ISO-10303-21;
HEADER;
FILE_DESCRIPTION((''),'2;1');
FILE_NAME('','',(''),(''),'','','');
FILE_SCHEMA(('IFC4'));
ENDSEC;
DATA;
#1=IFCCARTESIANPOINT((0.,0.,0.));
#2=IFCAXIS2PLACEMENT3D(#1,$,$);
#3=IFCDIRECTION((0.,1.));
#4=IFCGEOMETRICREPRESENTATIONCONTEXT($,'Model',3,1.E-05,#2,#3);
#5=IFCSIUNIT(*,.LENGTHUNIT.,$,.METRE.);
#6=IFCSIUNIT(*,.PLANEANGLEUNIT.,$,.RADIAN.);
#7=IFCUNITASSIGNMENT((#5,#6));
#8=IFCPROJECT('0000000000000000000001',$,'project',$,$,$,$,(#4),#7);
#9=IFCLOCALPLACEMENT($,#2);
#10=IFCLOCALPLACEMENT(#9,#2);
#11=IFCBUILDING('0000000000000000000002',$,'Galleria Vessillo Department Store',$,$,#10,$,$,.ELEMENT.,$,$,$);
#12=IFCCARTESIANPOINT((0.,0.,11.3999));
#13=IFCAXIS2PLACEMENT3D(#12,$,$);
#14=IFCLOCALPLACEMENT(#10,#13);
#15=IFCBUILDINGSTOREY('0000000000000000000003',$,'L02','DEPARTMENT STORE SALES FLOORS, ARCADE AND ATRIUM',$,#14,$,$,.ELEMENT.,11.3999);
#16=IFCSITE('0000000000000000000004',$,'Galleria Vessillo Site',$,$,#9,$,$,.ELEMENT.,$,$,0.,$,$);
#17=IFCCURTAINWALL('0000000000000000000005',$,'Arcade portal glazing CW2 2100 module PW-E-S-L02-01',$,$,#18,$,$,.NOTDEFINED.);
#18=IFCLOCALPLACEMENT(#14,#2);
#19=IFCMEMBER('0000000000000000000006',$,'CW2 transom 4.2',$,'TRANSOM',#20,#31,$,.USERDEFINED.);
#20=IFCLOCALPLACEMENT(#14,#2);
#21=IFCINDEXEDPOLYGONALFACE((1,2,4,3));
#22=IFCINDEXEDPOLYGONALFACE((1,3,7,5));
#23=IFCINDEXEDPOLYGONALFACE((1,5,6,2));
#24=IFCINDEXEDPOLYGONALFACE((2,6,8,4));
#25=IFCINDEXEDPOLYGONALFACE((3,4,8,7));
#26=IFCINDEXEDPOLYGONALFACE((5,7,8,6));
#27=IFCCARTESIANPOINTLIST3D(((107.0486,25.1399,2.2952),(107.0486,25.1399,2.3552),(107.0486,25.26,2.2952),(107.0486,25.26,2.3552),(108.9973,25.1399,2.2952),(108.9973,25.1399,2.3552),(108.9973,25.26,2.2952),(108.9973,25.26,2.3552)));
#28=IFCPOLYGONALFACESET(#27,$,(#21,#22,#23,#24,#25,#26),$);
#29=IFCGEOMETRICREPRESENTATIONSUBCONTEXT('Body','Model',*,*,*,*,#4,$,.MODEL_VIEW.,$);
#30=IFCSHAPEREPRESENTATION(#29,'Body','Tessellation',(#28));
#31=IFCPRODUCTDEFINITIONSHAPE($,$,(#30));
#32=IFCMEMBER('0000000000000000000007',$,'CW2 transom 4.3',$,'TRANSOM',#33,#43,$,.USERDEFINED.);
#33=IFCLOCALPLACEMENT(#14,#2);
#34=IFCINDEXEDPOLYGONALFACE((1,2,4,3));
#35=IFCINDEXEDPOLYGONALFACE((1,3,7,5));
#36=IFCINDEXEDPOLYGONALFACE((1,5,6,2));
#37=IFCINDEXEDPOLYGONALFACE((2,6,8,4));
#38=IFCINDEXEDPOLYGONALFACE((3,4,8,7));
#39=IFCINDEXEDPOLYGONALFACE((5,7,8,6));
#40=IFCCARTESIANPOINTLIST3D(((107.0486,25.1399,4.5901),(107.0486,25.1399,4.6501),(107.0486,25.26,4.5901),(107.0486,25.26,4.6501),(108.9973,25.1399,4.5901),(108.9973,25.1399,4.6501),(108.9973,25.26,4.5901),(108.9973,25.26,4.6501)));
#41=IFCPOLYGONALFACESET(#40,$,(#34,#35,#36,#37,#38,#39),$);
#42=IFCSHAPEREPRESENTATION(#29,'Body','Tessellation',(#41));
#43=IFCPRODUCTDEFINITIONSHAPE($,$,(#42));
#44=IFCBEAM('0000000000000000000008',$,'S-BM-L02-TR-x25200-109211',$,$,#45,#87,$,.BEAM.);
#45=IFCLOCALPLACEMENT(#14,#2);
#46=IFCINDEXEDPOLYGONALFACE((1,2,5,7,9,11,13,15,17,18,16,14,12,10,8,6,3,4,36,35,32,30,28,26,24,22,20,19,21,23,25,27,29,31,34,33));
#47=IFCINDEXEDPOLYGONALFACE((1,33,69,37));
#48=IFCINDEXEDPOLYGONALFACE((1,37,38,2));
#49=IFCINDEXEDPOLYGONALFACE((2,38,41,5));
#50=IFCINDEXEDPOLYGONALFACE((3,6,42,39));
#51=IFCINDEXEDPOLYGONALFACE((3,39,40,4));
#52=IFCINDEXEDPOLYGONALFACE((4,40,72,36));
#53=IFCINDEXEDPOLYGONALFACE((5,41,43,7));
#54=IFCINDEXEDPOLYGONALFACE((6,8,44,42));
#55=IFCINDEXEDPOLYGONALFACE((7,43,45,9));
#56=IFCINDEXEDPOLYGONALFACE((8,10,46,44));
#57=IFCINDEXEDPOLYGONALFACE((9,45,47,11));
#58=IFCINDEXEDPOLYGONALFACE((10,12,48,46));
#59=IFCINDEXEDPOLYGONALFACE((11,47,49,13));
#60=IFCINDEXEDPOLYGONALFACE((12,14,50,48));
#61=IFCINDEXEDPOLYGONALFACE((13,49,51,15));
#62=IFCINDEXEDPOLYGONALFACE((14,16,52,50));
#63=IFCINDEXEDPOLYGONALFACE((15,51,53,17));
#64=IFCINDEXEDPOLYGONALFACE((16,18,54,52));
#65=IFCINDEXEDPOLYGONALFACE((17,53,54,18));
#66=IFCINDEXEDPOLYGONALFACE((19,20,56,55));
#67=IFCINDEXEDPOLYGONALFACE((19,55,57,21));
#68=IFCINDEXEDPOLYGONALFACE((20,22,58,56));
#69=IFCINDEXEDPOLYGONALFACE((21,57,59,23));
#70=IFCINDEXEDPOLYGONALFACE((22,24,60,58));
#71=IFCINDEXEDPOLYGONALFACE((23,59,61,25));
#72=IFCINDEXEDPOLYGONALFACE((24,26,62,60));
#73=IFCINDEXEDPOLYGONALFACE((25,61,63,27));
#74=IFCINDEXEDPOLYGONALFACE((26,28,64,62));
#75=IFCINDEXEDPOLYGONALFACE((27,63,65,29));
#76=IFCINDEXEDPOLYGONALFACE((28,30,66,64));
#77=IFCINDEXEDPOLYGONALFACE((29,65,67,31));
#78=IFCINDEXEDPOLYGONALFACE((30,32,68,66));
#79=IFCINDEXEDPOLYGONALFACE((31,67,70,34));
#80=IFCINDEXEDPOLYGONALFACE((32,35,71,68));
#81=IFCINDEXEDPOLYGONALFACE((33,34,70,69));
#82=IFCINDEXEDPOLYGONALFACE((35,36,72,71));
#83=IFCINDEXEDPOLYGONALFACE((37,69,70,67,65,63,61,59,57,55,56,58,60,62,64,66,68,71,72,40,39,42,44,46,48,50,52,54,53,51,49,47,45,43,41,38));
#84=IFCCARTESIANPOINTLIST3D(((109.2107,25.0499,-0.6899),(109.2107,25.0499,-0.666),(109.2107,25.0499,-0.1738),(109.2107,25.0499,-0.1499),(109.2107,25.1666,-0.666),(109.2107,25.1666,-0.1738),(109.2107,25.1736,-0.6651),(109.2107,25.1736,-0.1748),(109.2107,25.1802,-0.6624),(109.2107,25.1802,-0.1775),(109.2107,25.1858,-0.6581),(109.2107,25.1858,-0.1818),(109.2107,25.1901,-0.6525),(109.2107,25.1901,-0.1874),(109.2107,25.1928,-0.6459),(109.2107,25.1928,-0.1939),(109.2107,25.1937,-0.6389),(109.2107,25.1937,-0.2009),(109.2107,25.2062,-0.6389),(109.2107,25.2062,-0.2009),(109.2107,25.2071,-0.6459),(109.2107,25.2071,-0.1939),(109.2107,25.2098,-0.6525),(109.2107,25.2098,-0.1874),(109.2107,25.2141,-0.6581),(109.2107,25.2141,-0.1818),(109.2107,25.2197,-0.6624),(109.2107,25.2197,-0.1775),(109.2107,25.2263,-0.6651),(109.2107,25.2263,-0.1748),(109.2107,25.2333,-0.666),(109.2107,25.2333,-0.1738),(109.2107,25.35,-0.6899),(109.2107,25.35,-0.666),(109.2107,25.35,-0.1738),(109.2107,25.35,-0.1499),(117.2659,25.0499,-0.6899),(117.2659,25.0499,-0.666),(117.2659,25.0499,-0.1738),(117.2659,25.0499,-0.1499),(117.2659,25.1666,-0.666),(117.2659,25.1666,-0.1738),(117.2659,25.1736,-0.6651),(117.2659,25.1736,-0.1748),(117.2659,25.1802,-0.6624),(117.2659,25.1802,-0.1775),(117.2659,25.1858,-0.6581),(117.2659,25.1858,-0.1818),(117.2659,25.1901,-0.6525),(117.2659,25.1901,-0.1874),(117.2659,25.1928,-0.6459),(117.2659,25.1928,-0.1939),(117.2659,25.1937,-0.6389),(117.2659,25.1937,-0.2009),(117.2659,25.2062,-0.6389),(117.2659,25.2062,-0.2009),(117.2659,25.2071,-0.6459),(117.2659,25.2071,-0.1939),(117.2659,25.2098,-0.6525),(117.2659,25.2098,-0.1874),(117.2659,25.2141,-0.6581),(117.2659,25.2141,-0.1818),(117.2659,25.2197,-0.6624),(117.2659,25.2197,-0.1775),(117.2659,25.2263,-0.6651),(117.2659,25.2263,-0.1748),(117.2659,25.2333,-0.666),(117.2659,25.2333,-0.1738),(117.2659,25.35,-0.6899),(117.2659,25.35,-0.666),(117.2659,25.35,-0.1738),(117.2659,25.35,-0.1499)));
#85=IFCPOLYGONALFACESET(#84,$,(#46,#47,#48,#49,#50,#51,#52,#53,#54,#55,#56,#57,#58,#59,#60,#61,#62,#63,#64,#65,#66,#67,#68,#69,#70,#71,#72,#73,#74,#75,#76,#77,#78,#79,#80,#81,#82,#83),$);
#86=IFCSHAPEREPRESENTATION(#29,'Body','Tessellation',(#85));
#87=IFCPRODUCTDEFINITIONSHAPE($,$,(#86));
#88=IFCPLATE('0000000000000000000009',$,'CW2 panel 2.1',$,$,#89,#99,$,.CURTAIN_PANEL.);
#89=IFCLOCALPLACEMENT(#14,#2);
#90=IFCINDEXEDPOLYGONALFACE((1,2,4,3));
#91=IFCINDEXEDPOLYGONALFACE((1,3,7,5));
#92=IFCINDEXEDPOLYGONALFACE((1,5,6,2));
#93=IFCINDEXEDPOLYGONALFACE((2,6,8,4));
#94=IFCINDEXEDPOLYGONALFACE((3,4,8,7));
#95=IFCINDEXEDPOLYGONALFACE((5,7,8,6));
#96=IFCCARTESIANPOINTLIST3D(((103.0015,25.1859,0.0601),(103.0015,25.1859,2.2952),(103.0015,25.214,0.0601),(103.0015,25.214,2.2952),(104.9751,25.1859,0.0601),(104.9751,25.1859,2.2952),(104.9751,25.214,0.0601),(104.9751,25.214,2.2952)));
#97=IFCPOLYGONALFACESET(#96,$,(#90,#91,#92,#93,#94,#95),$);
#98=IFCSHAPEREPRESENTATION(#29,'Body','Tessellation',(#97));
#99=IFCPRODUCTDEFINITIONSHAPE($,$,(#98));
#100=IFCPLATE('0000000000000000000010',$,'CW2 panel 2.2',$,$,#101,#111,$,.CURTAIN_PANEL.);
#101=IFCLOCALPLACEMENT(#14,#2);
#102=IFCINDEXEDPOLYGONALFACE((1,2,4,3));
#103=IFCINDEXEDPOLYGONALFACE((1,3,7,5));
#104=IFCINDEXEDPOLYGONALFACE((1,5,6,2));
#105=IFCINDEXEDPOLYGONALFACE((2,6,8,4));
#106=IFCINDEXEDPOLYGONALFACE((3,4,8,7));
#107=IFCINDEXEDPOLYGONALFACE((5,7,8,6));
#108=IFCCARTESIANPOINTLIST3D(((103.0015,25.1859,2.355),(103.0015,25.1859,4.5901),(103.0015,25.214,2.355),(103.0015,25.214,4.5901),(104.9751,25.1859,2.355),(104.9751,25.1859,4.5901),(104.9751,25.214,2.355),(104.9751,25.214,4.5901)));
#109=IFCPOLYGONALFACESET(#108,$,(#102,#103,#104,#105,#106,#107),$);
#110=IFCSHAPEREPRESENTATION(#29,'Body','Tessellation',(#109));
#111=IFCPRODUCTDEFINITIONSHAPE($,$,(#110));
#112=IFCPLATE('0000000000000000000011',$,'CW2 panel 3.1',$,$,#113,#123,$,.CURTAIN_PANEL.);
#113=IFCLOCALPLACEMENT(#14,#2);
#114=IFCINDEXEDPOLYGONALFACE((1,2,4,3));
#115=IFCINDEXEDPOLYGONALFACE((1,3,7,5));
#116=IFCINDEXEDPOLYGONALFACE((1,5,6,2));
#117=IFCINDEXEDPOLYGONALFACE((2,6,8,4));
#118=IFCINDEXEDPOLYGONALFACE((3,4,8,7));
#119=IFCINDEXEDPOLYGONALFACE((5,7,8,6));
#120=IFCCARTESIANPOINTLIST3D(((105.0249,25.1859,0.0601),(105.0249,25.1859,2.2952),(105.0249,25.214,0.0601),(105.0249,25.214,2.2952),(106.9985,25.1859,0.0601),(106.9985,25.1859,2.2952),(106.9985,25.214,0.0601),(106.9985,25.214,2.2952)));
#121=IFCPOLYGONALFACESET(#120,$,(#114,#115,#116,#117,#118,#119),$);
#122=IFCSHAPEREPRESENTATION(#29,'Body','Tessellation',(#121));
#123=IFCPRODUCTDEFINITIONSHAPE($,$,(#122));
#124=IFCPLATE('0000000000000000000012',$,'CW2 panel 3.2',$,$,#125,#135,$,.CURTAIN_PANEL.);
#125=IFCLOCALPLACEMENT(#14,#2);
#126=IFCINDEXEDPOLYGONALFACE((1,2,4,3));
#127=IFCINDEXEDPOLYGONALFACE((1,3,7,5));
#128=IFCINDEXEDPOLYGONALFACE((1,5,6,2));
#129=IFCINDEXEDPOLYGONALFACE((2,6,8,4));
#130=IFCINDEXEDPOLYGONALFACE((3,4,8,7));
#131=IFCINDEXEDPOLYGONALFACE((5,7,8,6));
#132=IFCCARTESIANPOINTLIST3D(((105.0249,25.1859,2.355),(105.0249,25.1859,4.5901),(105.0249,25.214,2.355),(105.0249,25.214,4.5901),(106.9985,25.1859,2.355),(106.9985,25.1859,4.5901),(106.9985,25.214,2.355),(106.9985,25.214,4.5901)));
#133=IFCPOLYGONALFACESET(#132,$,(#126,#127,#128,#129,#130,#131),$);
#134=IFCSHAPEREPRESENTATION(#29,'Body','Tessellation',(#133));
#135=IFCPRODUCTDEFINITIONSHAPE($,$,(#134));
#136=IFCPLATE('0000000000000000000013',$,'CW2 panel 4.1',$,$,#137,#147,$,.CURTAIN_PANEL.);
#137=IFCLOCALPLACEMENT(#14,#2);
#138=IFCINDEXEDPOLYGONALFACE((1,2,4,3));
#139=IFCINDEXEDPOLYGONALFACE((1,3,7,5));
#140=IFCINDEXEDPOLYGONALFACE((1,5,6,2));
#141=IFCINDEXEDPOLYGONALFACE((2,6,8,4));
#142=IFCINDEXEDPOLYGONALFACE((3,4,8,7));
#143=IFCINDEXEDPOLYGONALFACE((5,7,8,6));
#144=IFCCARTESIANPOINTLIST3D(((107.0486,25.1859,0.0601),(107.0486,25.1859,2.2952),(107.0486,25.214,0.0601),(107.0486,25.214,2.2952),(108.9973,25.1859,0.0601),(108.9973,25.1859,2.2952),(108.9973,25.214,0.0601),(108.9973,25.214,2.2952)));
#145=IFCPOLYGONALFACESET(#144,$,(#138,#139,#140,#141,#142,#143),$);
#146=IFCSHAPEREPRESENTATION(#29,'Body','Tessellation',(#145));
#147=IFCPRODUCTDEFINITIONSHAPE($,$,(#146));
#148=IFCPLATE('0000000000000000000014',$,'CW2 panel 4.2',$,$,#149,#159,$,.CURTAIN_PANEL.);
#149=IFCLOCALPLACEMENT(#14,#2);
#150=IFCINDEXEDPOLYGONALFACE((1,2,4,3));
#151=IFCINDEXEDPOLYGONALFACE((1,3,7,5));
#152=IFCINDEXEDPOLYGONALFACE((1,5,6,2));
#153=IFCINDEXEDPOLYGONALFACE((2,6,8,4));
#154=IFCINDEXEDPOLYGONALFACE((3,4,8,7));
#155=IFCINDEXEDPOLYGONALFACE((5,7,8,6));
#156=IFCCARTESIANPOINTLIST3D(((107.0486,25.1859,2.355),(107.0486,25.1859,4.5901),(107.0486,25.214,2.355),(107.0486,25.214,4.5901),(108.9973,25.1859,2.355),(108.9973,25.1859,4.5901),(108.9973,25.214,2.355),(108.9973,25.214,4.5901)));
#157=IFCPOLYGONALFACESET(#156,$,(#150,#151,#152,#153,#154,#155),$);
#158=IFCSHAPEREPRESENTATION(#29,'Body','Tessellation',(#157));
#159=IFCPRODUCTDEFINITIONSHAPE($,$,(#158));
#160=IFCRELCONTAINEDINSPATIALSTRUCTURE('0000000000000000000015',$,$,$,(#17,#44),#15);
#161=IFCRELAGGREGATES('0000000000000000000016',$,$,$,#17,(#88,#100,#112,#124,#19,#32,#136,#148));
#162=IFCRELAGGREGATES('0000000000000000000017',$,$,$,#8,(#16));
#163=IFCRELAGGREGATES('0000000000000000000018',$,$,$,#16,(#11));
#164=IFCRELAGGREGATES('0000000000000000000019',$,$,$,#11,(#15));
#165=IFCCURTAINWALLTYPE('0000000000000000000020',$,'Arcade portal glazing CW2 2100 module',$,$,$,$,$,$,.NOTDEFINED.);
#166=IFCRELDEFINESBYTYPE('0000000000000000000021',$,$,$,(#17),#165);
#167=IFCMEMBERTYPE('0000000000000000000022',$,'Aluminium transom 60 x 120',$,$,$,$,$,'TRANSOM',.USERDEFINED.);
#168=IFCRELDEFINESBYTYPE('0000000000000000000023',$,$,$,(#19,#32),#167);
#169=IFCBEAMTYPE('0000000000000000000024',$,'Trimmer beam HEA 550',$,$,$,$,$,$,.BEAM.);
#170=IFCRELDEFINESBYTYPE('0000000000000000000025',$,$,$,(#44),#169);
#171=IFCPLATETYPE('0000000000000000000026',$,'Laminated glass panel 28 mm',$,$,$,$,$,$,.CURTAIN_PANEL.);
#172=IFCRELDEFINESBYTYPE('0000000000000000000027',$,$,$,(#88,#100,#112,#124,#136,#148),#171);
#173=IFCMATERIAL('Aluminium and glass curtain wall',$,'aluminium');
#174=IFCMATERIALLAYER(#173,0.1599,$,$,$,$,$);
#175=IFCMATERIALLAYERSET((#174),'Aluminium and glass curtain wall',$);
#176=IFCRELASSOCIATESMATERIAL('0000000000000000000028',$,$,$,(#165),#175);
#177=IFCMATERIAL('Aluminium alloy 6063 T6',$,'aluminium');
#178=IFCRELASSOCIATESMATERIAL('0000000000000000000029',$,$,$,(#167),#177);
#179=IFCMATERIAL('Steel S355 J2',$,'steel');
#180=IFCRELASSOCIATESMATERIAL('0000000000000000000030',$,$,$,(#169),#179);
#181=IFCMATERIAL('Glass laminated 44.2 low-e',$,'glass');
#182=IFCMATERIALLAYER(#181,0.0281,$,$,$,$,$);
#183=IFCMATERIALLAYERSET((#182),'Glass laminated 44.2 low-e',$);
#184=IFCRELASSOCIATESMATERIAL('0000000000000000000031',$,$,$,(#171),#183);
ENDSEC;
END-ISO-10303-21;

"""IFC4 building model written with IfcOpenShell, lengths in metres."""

from ifc_helpers import new_model, si_unit, direction, frame, origin, origin_2d, place, context, subcontext, project, spatial, rectangle, i_section, extrude, material, layer, layer_set, material_profile, profile_set, type_object, element, aggregate, save


model = new_model("IFC4")

# Units and contexts
model_context = context("Model", 3, precision=1e-05, world=origin(), true_north=direction((0.0, 1.0)))
body_context = subcontext(model_context, "Body", "Model", "MODEL_VIEW")
ifc_project = project(units=[si_unit("LENGTHUNIT", "METRE"), si_unit("PLANEANGLEUNIT", "RADIAN")], contexts=[model_context])

# Site, building, storey
site_placement = place(None, origin())
site = spatial("IfcSite", under=ifc_project, at=site_placement, Name="Galleria Vessillo Site", CompositionType="ELEMENT", RefElevation=0.0)
building_placement = place(site_placement, origin())
building = spatial("IfcBuilding", under=site, at=building_placement, Name="Galleria Vessillo Department Store", CompositionType="ELEMENT")
storey_placement = place(building_placement, frame((0.0, 0.0, 11.3999)))
storey = spatial("IfcBuildingStorey", under=building, at=storey_placement, Name="L02", Description="DEPARTMENT STORE SALES FLOORS, ARCADE AND ATRIUM", CompositionType="ELEMENT", Elevation=11.3999)

# Curtain wall, members
ifc_material_1 = material(Name="Aluminium and glass curtain wall", Category="aluminium")
ifc_layer_1 = layer(ifc_material_1, 0.1599)
ifc_layer_set_1 = layer_set([ifc_layer_1], Name="Aluminium and glass curtain wall")
curtain_wall_type = type_object("IfcCurtainWallType", Name="Arcade portal glazing CW2 2100 module", PredefinedType="NOTDEFINED", material=ifc_layer_set_1)
curtain_wall_placement = place(storey_placement, origin())
curtain_wall = element("IfcCurtainWall", 1, at=curtain_wall_placement, inside=storey, type_object=curtain_wall_type, Name="Arcade portal glazing CW2 2100 module PW-E-S-L02-01", PredefinedType="NOTDEFINED")
ifc_material_2 = material(Name="Aluminium alloy 6063 T6", Category="aluminium")
ifc_material_profile_1 = material_profile(ifc_material_2, rectangle(XDim=0.1201, YDim=0.0601, at=origin_2d()), Name="AL 60x120")
ifc_profile_set_1 = profile_set([ifc_material_profile_1], Name="Aluminium alloy 6063 T6")
member_type_1 = type_object("IfcMemberType", Name="Aluminium transom 60 x 120", ElementType="TRANSOM", PredefinedType="USERDEFINED", material=ifc_profile_set_1)
member_1_placement = place(storey_placement, frame((107.0486, 25.2, 2.3252), z_axis=(1.0, 0.0, 0.0), x_axis=(0.0, 1.0, 0.0)))
member_1 = element("IfcMember", 2, at=member_1_placement, type_object=member_type_1, Name="CW2 transom 4.2", ObjectType="TRANSOM", PredefinedType="USERDEFINED", context=body_context, shape_type="SweptSolid", body=[
    extrude(rectangle(XDim=0.1201, YDim=0.0601, at=origin_2d()), origin(), (0.0, 0.0, 1.0), 1.9487),
])
member_2_placement = place(storey_placement, frame((107.0486, 25.2, 4.6201), z_axis=(1.0, 0.0, 0.0), x_axis=(0.0, 1.0, 0.0)))
member_2 = element("IfcMember", 3, at=member_2_placement, type_object=member_type_1, Name="CW2 transom 4.3", ObjectType="TRANSOM", PredefinedType="USERDEFINED", context=body_context, shape_type="SweptSolid", body=[
    extrude(rectangle(XDim=0.1201, YDim=0.0601, at=origin_2d()), origin(), (0.0, 0.0, 1.0), 1.9487),
])

# Beam
ifc_material_3 = material(Name="Steel S355 J2", Category="steel")
ifc_material_profile_2 = material_profile(ifc_material_3, i_section(OverallWidth=0.3, OverallDepth=0.54, WebThickness=0.0125, FlangeThickness=0.0239, FilletRadius=0.0271, at=origin_2d()), Name="HEA 550")
ifc_profile_set_2 = profile_set([ifc_material_profile_2], Name="Steel S355 J2")
beam_type = type_object("IfcBeamType", Name="Trimmer beam HEA 550", PredefinedType="BEAM", material=ifc_profile_set_2)
beam_placement = place(storey_placement, frame((109.2107, 25.2, -0.4199), z_axis=(1.0, 0.0, 0.0), x_axis=(0.0, 1.0, 0.0)))
element("IfcBeam", 4, at=beam_placement, inside=storey, type_object=beam_type, Name="S-BM-L02-TR-x25200-109211", PredefinedType="BEAM", context=body_context, shape_type="SweptSolid", body=[
    extrude(i_section(OverallWidth=0.3, OverallDepth=0.54, WebThickness=0.0125, FlangeThickness=0.0239, FilletRadius=0.0271, at=origin_2d()), origin(), (0.0, 0.0, 1.0), 8.0552),
])

# Plates
ifc_material_4 = material(Name="Glass laminated 44.2 low-e", Category="glass")
ifc_layer_2 = layer(ifc_material_4, 0.0281)
ifc_layer_set_2 = layer_set([ifc_layer_2], Name="Glass laminated 44.2 low-e")
plate_type = type_object("IfcPlateType", Name="Laminated glass panel 28 mm", PredefinedType="CURTAIN_PANEL", material=ifc_layer_set_2)
plate_1_placement = place(storey_placement, frame((103.9883, 25.2, 0.0601), z_axis=(0.0, 0.0, 1.0), x_axis=(1.0, 0.0, 0.0)))
plate_1 = element("IfcPlate", 5, at=plate_1_placement, type_object=plate_type, Name="CW2 panel 2.1", PredefinedType="CURTAIN_PANEL", context=body_context, shape_type="SweptSolid", body=[
    extrude(rectangle(XDim=1.9736, YDim=0.0281, at=origin_2d()), origin(), (0.0, 0.0, 1.0), 2.2351),
])
plate_2_placement = place(storey_placement, frame((103.9883, 25.2, 2.355), z_axis=(0.0, 0.0, 1.0), x_axis=(1.0, 0.0, 0.0)))
plate_2 = element("IfcPlate", 6, at=plate_2_placement, type_object=plate_type, Name="CW2 panel 2.2", PredefinedType="CURTAIN_PANEL", context=body_context, shape_type="SweptSolid", body=[
    extrude(rectangle(XDim=1.9736, YDim=0.0281, at=origin_2d()), origin(), (0.0, 0.0, 1.0), 2.2351),
])
plate_3_placement = place(storey_placement, frame((106.0117, 25.2, 0.0601), z_axis=(0.0, 0.0, 1.0), x_axis=(1.0, 0.0, 0.0)))
plate_3 = element("IfcPlate", 7, at=plate_3_placement, type_object=plate_type, Name="CW2 panel 3.1", PredefinedType="CURTAIN_PANEL", context=body_context, shape_type="SweptSolid", body=[
    extrude(rectangle(XDim=1.9736, YDim=0.0281, at=origin_2d()), origin(), (0.0, 0.0, 1.0), 2.2351),
])
plate_4_placement = place(storey_placement, frame((106.0117, 25.2, 2.355), z_axis=(0.0, 0.0, 1.0), x_axis=(1.0, 0.0, 0.0)))
plate_4 = element("IfcPlate", 8, at=plate_4_placement, type_object=plate_type, Name="CW2 panel 3.2", PredefinedType="CURTAIN_PANEL", context=body_context, shape_type="SweptSolid", body=[
    extrude(rectangle(XDim=1.9736, YDim=0.0281, at=origin_2d()), origin(), (0.0, 0.0, 1.0), 2.2351),
])
plate_5_placement = place(storey_placement, frame((108.0229, 25.2, 0.0601), z_axis=(0.0, 0.0, 1.0), x_axis=(1.0, 0.0, 0.0)))
plate_5 = element("IfcPlate", 9, at=plate_5_placement, type_object=plate_type, Name="CW2 panel 4.1", PredefinedType="CURTAIN_PANEL", context=body_context, shape_type="SweptSolid", body=[
    extrude(rectangle(XDim=1.9487, YDim=0.0281, at=origin_2d()), origin(), (0.0, 0.0, 1.0), 2.2351),
])
plate_6_placement = place(storey_placement, frame((108.0229, 25.2, 2.355), z_axis=(0.0, 0.0, 1.0), x_axis=(1.0, 0.0, 0.0)))
plate_6 = element("IfcPlate", 10, at=plate_6_placement, type_object=plate_type, Name="CW2 panel 4.2", PredefinedType="CURTAIN_PANEL", context=body_context, shape_type="SweptSolid", body=[
    extrude(rectangle(XDim=1.9487, YDim=0.0281, at=origin_2d()), origin(), (0.0, 0.0, 1.0), 2.2351),
])
aggregate(curtain_wall, [plate_1, plate_2, plate_3, plate_4, member_1, member_2, plate_5, plate_6])

save(model, "model.ifc")
